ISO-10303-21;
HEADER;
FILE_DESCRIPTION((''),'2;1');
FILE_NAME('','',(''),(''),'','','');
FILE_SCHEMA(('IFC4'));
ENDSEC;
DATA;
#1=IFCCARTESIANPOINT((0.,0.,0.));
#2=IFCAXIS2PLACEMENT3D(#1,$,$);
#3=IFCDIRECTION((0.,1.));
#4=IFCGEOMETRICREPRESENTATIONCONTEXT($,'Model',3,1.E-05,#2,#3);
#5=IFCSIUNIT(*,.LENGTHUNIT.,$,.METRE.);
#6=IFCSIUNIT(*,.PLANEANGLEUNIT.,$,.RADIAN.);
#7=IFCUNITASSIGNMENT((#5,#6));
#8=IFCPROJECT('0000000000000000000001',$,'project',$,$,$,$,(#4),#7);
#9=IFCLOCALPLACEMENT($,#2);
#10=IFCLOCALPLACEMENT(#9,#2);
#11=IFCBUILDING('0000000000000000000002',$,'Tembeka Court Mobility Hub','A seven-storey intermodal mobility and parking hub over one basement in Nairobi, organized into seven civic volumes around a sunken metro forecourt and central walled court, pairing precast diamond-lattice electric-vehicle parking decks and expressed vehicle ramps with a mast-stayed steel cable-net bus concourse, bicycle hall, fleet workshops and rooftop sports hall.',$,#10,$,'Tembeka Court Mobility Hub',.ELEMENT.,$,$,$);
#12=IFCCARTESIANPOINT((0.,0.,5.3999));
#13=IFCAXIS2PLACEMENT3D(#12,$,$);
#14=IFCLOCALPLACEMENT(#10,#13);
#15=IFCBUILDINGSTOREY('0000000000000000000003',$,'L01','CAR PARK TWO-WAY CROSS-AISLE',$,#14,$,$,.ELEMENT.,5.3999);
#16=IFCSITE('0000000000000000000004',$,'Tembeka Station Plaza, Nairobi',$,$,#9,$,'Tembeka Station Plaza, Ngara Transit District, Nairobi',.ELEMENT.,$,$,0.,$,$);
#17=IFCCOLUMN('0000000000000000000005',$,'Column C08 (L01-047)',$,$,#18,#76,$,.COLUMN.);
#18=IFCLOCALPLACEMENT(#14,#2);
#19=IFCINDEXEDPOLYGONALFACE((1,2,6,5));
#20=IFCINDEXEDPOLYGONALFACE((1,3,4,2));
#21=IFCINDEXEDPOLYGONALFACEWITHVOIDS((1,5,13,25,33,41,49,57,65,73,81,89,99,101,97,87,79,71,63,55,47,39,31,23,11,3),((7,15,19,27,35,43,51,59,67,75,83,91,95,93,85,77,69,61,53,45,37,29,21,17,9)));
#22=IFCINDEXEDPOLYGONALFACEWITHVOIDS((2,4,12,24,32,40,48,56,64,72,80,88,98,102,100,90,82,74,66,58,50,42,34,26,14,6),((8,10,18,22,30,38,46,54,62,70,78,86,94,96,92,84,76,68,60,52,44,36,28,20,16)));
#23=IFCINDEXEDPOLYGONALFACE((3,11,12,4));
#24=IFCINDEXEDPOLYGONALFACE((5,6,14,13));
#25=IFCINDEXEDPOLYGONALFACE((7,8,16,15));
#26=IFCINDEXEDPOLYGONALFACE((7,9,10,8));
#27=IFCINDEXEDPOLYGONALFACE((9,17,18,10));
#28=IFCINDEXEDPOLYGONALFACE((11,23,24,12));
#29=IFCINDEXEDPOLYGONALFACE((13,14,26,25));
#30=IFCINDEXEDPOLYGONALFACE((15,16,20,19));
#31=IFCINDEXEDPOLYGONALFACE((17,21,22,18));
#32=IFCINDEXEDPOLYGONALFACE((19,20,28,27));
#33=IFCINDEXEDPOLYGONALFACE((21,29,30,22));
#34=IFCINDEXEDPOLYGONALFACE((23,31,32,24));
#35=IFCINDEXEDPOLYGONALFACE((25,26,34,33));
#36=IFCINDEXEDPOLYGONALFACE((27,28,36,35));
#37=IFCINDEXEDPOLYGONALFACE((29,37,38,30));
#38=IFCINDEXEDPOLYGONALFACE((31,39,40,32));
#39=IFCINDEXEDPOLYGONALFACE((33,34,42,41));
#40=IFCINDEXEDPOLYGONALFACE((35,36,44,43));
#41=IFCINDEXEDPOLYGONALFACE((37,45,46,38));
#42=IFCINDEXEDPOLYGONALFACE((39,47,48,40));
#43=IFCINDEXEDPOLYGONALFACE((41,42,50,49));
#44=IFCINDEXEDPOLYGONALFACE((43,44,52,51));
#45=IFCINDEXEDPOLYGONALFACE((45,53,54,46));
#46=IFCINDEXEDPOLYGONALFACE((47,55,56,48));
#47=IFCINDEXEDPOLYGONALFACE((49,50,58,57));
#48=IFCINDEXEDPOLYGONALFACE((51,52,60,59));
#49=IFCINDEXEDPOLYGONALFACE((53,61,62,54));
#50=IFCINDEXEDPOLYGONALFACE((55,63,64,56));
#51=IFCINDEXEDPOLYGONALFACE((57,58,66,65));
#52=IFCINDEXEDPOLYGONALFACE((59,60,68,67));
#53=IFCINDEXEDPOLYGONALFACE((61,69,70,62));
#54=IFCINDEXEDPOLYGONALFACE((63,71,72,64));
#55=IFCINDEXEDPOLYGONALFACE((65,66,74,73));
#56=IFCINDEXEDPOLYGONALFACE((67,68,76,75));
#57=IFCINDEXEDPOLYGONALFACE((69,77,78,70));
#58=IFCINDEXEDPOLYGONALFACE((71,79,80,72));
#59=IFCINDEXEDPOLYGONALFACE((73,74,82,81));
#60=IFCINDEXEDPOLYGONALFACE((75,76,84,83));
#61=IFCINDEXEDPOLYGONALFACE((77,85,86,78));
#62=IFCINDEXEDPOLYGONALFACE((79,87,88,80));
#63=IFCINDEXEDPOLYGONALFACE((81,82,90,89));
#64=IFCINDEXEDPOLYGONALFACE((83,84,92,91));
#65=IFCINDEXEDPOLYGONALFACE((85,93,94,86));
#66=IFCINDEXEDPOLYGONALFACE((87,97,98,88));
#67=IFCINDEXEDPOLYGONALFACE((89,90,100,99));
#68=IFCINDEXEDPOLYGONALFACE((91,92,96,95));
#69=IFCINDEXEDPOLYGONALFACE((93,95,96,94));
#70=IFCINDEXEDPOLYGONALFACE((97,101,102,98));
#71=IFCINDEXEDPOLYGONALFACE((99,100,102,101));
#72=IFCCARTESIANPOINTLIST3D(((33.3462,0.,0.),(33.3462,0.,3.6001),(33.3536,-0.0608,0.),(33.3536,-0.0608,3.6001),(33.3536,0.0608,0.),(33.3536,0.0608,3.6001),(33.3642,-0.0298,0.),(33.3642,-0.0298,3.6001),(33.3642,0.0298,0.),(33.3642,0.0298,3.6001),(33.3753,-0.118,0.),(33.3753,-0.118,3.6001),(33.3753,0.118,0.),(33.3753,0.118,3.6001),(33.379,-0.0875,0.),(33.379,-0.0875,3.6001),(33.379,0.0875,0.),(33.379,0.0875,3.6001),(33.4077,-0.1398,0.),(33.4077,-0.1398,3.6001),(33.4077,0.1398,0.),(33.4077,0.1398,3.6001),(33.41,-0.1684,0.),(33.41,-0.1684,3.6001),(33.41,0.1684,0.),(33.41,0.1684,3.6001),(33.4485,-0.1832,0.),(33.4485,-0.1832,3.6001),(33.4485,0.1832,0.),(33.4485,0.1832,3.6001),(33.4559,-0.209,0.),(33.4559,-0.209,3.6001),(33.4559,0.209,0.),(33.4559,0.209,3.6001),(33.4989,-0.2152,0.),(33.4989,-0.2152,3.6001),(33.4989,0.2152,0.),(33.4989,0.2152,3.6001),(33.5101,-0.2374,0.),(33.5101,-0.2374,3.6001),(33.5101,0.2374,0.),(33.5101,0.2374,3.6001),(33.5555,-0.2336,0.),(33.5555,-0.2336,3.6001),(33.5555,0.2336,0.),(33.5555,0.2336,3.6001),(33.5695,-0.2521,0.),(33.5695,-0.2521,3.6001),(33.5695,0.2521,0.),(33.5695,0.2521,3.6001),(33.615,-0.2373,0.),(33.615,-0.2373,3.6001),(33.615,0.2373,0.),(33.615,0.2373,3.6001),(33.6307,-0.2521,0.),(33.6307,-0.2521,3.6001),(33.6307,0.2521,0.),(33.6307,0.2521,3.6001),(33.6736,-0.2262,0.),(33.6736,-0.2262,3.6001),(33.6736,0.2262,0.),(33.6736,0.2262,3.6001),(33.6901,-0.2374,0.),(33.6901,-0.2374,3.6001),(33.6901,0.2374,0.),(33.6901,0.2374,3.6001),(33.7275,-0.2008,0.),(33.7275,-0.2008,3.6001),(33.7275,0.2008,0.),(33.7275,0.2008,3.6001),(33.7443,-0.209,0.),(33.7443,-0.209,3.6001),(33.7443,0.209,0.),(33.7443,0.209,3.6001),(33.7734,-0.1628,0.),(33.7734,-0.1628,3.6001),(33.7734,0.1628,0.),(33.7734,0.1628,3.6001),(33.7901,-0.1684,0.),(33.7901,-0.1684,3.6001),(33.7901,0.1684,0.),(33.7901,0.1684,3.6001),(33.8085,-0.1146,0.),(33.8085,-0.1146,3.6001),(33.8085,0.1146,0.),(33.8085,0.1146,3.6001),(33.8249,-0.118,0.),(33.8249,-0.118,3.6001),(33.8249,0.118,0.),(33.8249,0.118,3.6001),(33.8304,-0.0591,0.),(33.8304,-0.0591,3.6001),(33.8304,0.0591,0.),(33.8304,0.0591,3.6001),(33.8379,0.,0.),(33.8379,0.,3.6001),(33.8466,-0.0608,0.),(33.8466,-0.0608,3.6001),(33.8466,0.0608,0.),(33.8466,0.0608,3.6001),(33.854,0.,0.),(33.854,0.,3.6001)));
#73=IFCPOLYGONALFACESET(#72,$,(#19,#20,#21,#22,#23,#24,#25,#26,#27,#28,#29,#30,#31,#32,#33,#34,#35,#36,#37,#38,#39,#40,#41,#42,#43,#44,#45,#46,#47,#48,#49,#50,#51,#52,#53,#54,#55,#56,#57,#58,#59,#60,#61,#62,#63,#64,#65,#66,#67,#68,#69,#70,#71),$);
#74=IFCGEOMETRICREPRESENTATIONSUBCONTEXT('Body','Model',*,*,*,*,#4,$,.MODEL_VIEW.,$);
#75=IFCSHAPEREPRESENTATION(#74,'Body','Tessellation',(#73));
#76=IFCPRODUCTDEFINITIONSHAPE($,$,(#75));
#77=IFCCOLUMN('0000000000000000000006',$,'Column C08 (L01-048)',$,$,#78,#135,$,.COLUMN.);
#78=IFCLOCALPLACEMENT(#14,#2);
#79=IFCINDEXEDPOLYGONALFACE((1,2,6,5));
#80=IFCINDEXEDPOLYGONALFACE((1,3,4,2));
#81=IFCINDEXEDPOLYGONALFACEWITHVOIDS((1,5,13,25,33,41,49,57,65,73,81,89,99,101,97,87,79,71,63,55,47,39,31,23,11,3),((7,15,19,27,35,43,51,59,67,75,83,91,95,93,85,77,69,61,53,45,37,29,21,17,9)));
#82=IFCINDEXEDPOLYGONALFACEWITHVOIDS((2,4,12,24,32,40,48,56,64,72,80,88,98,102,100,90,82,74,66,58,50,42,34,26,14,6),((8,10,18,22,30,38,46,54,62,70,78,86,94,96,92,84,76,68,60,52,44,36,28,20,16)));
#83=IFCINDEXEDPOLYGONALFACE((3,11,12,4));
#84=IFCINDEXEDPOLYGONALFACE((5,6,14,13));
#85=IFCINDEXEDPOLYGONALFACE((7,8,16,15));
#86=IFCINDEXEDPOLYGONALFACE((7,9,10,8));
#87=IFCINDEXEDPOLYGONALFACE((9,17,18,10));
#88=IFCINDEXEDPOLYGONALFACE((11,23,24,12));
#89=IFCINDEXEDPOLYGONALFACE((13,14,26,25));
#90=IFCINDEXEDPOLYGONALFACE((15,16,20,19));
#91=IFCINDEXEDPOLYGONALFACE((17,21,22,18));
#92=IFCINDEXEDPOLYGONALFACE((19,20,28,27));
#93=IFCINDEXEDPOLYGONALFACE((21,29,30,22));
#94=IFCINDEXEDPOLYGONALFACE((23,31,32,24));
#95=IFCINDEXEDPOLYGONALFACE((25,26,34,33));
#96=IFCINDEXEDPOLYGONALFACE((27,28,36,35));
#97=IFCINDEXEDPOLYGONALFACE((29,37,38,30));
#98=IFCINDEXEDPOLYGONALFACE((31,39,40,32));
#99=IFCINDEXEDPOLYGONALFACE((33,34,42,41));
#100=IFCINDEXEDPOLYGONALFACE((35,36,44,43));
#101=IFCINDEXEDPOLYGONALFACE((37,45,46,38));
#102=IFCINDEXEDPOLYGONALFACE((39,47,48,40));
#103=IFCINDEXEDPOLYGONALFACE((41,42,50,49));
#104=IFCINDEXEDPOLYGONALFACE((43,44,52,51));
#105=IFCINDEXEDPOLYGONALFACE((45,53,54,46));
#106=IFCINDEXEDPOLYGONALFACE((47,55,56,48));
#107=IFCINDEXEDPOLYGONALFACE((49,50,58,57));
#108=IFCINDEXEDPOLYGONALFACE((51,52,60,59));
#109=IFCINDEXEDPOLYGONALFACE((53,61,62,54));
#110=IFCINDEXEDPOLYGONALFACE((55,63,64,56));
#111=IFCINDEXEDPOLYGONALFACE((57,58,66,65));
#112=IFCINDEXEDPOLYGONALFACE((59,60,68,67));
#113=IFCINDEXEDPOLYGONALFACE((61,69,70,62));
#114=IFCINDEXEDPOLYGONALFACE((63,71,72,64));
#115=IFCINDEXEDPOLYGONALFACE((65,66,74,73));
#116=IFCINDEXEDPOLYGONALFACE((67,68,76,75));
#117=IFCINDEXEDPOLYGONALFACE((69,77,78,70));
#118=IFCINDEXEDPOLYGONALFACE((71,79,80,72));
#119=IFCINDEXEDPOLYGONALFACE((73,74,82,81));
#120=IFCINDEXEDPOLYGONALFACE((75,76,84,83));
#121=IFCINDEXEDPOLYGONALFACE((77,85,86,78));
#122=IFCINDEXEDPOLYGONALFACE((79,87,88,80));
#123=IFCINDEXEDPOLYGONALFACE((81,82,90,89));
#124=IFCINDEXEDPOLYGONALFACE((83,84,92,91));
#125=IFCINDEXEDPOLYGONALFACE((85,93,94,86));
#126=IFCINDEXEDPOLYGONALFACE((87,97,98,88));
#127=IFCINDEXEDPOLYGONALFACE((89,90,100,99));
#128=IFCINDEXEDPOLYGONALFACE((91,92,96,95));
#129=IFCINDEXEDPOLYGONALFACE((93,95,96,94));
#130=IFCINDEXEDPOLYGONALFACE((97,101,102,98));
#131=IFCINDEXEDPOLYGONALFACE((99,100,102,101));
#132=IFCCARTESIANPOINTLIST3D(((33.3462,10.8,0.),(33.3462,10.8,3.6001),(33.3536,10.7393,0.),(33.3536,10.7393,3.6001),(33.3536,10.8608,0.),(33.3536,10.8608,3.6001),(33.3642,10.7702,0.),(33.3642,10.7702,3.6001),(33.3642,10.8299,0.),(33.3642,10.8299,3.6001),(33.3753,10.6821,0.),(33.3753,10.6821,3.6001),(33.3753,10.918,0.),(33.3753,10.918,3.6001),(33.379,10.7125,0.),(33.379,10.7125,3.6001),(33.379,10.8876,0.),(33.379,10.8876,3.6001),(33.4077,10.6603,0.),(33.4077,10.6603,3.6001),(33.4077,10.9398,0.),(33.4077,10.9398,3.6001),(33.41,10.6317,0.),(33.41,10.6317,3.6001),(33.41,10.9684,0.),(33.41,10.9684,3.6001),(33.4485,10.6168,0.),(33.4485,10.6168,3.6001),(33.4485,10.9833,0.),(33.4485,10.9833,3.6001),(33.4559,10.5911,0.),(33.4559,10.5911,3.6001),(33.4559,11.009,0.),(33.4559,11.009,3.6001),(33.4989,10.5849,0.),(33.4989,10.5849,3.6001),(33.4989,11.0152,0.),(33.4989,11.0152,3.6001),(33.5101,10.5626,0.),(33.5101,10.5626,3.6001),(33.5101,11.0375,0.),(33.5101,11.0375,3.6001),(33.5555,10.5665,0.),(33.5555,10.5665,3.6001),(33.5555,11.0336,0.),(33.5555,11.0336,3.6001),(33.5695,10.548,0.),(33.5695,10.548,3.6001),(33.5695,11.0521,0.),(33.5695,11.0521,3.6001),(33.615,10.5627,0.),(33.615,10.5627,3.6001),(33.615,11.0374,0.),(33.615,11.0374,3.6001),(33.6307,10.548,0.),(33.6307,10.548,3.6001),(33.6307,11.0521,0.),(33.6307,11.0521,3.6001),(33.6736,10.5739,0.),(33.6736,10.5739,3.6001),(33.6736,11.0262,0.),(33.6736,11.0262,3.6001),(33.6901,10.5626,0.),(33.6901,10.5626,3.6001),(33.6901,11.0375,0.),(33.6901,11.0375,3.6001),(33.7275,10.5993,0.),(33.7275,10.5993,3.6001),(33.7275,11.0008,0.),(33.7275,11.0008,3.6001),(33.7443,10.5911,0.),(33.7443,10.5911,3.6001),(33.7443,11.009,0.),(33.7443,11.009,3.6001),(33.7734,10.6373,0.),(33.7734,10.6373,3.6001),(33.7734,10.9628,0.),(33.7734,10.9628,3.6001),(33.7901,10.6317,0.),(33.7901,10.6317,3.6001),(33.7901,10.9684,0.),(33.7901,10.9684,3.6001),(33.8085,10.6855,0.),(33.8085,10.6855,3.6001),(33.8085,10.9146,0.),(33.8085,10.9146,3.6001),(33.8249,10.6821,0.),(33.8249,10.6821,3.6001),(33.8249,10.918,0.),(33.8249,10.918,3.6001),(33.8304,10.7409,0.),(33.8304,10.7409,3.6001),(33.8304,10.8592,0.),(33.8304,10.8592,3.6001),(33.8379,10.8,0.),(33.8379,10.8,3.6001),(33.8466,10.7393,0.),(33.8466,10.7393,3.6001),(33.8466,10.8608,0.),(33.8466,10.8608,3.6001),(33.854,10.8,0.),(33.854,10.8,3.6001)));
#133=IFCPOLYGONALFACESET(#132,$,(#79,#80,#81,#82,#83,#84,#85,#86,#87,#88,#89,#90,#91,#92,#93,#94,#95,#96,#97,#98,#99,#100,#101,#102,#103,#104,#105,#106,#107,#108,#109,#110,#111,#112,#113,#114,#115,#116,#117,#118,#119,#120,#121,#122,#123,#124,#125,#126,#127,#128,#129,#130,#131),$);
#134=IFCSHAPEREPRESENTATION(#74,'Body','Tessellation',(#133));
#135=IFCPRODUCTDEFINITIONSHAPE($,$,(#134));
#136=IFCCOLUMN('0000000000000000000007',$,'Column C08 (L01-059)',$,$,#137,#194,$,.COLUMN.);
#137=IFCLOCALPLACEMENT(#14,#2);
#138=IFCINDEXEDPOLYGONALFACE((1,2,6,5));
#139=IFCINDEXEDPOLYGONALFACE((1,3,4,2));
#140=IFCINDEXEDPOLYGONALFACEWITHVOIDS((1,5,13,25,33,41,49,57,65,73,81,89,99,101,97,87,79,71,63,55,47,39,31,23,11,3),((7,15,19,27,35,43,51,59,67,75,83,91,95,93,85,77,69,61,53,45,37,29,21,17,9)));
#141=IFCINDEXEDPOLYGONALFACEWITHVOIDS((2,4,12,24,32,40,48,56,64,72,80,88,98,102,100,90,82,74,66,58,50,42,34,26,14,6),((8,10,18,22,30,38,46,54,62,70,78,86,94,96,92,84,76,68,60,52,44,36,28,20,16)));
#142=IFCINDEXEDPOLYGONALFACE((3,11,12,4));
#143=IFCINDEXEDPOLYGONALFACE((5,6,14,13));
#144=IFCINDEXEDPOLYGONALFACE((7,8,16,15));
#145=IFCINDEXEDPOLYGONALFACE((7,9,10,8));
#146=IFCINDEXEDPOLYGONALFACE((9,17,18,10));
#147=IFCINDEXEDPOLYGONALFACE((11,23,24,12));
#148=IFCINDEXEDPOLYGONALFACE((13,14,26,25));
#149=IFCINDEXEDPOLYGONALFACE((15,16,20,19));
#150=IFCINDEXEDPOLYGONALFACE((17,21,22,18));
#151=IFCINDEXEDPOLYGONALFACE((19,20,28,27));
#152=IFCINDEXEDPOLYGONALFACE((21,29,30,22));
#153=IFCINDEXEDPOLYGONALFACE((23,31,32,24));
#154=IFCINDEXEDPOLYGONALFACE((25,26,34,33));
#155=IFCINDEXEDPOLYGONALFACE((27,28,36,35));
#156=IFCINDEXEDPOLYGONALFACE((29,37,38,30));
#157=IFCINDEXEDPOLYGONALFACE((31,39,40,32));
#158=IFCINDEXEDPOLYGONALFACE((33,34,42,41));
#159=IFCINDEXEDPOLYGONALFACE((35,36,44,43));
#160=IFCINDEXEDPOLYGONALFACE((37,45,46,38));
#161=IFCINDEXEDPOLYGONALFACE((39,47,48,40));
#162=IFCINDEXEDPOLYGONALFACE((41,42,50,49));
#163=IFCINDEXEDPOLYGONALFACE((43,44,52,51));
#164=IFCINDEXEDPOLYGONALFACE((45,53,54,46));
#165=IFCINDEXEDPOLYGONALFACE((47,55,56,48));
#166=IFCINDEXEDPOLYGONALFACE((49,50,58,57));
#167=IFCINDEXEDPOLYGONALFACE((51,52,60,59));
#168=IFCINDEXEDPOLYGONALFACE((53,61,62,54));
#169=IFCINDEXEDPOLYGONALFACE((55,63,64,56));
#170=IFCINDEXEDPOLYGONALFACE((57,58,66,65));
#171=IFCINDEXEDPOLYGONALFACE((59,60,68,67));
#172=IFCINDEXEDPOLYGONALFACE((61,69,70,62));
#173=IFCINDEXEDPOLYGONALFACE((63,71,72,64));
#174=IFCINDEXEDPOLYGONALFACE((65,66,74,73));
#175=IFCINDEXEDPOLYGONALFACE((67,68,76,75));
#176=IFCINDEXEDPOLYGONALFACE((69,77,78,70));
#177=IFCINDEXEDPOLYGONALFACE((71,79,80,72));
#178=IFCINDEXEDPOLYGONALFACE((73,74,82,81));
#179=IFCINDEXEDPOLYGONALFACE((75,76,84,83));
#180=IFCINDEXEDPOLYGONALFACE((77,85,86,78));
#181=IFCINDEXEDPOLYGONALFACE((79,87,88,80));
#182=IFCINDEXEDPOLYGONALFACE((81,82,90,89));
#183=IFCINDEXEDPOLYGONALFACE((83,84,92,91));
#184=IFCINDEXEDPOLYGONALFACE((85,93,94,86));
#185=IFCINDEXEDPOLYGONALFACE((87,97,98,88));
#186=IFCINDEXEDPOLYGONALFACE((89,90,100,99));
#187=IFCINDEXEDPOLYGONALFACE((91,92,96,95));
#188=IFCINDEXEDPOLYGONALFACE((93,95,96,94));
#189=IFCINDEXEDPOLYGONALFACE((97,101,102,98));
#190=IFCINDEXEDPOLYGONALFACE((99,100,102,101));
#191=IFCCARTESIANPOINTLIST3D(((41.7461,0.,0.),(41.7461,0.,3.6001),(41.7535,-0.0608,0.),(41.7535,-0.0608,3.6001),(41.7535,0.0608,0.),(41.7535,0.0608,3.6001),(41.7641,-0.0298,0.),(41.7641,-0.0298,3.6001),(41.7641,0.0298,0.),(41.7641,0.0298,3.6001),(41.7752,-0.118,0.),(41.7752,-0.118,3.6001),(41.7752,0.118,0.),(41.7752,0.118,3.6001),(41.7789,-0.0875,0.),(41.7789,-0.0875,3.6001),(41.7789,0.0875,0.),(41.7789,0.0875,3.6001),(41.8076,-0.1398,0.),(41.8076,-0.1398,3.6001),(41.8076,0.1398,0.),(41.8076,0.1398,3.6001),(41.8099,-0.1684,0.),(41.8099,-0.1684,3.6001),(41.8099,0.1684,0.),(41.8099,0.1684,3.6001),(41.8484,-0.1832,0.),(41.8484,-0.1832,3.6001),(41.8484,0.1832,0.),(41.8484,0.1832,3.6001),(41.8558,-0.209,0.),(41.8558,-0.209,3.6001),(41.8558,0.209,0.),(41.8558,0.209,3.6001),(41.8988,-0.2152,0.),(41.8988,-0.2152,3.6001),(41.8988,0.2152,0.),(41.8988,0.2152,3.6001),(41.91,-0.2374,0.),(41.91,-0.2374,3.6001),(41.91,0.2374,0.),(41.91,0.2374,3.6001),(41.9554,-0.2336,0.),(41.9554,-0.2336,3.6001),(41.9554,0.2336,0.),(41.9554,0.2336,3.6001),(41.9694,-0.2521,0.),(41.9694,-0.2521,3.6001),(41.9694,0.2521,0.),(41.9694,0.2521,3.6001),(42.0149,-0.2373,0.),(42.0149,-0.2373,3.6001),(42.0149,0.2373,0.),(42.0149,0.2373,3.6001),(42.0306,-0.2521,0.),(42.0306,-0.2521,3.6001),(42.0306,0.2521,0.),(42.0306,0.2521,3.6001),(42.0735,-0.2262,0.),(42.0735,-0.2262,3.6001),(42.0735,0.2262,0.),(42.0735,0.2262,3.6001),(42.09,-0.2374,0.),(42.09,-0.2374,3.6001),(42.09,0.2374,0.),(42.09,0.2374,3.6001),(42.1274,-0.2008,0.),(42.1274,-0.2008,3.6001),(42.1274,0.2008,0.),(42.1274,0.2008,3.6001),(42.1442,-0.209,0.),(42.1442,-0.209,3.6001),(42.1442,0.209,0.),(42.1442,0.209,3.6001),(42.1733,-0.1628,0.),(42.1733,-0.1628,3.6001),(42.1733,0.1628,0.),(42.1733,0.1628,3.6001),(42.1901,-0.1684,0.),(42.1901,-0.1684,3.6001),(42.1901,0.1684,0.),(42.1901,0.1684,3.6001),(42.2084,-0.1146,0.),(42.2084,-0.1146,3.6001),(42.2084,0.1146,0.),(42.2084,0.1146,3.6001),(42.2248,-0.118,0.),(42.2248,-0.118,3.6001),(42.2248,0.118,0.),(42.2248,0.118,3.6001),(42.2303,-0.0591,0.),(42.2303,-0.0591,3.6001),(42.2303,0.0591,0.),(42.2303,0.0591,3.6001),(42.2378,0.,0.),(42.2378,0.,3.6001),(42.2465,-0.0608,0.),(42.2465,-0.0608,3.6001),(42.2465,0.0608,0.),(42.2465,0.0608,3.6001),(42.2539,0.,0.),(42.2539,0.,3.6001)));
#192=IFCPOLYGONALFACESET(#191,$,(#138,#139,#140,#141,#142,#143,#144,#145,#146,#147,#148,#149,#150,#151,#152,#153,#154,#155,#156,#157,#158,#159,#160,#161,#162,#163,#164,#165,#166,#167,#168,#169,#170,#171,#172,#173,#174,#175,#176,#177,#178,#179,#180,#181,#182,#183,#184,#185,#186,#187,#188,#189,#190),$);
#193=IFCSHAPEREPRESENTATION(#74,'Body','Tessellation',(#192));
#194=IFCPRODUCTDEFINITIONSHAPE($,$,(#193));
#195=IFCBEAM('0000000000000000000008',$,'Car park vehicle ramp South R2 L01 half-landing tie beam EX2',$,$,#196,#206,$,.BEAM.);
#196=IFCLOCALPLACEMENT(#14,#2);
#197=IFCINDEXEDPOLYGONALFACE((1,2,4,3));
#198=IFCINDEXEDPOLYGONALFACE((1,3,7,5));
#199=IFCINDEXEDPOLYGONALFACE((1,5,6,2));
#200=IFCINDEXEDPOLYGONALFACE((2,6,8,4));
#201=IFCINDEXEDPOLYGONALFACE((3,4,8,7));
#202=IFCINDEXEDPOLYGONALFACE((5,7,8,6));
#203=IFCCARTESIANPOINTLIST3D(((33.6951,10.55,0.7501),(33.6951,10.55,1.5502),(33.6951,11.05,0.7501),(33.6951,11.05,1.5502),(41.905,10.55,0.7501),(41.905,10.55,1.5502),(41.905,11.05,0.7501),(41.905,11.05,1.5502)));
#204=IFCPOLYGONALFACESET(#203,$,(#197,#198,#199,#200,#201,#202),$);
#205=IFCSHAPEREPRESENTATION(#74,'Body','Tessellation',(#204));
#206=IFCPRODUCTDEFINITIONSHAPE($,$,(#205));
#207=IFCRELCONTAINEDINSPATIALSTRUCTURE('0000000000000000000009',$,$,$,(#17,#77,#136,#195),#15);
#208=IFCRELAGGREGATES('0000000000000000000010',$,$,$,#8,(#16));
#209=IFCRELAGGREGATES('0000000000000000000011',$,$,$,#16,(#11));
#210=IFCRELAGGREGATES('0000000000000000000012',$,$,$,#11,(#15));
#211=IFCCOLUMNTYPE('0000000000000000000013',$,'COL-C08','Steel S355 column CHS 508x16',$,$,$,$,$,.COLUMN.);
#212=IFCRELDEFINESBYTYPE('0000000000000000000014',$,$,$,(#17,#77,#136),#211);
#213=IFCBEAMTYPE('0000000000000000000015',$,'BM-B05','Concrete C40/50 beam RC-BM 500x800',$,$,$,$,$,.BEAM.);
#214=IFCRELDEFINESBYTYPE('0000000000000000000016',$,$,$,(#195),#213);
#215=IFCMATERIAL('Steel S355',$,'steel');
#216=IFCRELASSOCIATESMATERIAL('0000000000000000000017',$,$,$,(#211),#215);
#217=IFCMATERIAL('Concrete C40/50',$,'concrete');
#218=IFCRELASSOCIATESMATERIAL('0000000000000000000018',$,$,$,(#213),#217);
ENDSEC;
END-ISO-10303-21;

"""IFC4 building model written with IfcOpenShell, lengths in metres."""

from ifc_helpers import new_model, si_unit, direction, frame, origin, origin_2d, place, context, subcontext, project, spatial, rectangle, hollow_circle, extrude, material, material_profile, profile_set, type_object, element, save


model = new_model("IFC4")

# Units and contexts
model_context = context("Model", 3, precision=1e-05, world=origin(), true_north=direction((0.0, 1.0)))
body_context = subcontext(model_context, "Body", "Model", "MODEL_VIEW")
ifc_project = project(units=[si_unit("LENGTHUNIT", "METRE"), si_unit("PLANEANGLEUNIT", "RADIAN")], contexts=[model_context])

# Site, building, storey
site_placement = place(None, origin())
site = spatial("IfcSite", under=ifc_project, at=site_placement, Name="Tembeka Station Plaza, Nairobi", LongName="Tembeka Station Plaza, Ngara Transit District, Nairobi", CompositionType="ELEMENT", RefElevation=0.0)
building_placement = place(site_placement, origin())
building = spatial("IfcBuilding", under=site, at=building_placement, Name="Tembeka Court Mobility Hub", Description="A seven-storey intermodal mobility and parking hub over one basement in Nairobi, organized into seven civic volumes around a sunken metro forecourt and central walled court, pairing precast diamond-lattice electric-vehicle parking decks and expressed vehicle ramps with a mast-stayed steel cable-net bus concourse, bicycle hall, fleet workshops and rooftop sports hall.", LongName="Tembeka Court Mobility Hub", CompositionType="ELEMENT")
storey_placement = place(building_placement, frame((0.0, 0.0, 5.3999)))
storey = spatial("IfcBuildingStorey", under=building, at=storey_placement, Name="L01", Description="CAR PARK TWO-WAY CROSS-AISLE", CompositionType="ELEMENT", Elevation=5.3999)

# Columns
ifc_material_1 = material(Name="Steel S355", Category="steel")
ifc_material_profile_1 = material_profile(ifc_material_1, hollow_circle(Radius=0.2539, WallThickness=0.0161, at=origin_2d()), Name="CHS 508x16")
ifc_profile_set_1 = profile_set([ifc_material_profile_1], Name="Steel S355")
column_type = type_object("IfcColumnType", Name="COL-C08", Description="Steel S355 column CHS 508x16", PredefinedType="COLUMN", material=ifc_profile_set_1)
for number, where, z_axis, x_axis, name in (
    (1, (33.6001, 0.0, 0.0), (0.0, 0.0, 1.0), (1.0, 0.0, 0.0), "Column C08 (L01-047)"),
    (2, (33.6001, 10.8, 0.0), (0.0, 0.0, 1.0), (1.0, 0.0, 0.0), "Column C08 (L01-048)"),
    (3, (42.0, 0.0, 0.0), (0.0, 0.0, 1.0), (1.0, 0.0, 0.0), "Column C08 (L01-059)"),
):
    element("IfcColumn", number, at=place(storey_placement, frame(where, z_axis=z_axis, x_axis=x_axis)), inside=storey, type_object=column_type, Name=name, PredefinedType="COLUMN", context=body_context, shape_type="SweptSolid", body=[
        extrude(hollow_circle(Radius=0.2539, WallThickness=0.0161, at=origin_2d()), origin(), (0.0, 0.0, 1.0), 3.6001),
    ])

# Beam
ifc_material_2 = material(Name="Concrete C40/50", Category="concrete")
ifc_material_profile_2 = material_profile(ifc_material_2, rectangle(XDim=0.5, YDim=0.8, at=origin_2d()), Name="RC-BM 500x800")
ifc_profile_set_2 = profile_set([ifc_material_profile_2], Name="Concrete C40/50")
beam_type_1 = type_object("IfcBeamType", Name="BM-B05", Description="Concrete C40/50 beam RC-BM 500x800", PredefinedType="BEAM", material=ifc_profile_set_2)
beam_1_placement = place(storey_placement, frame((33.6951, 10.8, 1.1501), z_axis=(1.0, 0.0, 0.0), x_axis=(0.0, 1.0, 0.0)))
element("IfcBeam", 4, at=beam_1_placement, inside=storey, type_object=beam_type_1, Name="Car park vehicle ramp South R2 L01 half-landing tie beam EX2", PredefinedType="BEAM", context=body_context, shape_type="SweptSolid", body=[
    extrude(rectangle(XDim=0.5, YDim=0.8, at=origin_2d()), origin(), (0.0, 0.0, 1.0), 8.21),
])

save(model, "model.ifc")
